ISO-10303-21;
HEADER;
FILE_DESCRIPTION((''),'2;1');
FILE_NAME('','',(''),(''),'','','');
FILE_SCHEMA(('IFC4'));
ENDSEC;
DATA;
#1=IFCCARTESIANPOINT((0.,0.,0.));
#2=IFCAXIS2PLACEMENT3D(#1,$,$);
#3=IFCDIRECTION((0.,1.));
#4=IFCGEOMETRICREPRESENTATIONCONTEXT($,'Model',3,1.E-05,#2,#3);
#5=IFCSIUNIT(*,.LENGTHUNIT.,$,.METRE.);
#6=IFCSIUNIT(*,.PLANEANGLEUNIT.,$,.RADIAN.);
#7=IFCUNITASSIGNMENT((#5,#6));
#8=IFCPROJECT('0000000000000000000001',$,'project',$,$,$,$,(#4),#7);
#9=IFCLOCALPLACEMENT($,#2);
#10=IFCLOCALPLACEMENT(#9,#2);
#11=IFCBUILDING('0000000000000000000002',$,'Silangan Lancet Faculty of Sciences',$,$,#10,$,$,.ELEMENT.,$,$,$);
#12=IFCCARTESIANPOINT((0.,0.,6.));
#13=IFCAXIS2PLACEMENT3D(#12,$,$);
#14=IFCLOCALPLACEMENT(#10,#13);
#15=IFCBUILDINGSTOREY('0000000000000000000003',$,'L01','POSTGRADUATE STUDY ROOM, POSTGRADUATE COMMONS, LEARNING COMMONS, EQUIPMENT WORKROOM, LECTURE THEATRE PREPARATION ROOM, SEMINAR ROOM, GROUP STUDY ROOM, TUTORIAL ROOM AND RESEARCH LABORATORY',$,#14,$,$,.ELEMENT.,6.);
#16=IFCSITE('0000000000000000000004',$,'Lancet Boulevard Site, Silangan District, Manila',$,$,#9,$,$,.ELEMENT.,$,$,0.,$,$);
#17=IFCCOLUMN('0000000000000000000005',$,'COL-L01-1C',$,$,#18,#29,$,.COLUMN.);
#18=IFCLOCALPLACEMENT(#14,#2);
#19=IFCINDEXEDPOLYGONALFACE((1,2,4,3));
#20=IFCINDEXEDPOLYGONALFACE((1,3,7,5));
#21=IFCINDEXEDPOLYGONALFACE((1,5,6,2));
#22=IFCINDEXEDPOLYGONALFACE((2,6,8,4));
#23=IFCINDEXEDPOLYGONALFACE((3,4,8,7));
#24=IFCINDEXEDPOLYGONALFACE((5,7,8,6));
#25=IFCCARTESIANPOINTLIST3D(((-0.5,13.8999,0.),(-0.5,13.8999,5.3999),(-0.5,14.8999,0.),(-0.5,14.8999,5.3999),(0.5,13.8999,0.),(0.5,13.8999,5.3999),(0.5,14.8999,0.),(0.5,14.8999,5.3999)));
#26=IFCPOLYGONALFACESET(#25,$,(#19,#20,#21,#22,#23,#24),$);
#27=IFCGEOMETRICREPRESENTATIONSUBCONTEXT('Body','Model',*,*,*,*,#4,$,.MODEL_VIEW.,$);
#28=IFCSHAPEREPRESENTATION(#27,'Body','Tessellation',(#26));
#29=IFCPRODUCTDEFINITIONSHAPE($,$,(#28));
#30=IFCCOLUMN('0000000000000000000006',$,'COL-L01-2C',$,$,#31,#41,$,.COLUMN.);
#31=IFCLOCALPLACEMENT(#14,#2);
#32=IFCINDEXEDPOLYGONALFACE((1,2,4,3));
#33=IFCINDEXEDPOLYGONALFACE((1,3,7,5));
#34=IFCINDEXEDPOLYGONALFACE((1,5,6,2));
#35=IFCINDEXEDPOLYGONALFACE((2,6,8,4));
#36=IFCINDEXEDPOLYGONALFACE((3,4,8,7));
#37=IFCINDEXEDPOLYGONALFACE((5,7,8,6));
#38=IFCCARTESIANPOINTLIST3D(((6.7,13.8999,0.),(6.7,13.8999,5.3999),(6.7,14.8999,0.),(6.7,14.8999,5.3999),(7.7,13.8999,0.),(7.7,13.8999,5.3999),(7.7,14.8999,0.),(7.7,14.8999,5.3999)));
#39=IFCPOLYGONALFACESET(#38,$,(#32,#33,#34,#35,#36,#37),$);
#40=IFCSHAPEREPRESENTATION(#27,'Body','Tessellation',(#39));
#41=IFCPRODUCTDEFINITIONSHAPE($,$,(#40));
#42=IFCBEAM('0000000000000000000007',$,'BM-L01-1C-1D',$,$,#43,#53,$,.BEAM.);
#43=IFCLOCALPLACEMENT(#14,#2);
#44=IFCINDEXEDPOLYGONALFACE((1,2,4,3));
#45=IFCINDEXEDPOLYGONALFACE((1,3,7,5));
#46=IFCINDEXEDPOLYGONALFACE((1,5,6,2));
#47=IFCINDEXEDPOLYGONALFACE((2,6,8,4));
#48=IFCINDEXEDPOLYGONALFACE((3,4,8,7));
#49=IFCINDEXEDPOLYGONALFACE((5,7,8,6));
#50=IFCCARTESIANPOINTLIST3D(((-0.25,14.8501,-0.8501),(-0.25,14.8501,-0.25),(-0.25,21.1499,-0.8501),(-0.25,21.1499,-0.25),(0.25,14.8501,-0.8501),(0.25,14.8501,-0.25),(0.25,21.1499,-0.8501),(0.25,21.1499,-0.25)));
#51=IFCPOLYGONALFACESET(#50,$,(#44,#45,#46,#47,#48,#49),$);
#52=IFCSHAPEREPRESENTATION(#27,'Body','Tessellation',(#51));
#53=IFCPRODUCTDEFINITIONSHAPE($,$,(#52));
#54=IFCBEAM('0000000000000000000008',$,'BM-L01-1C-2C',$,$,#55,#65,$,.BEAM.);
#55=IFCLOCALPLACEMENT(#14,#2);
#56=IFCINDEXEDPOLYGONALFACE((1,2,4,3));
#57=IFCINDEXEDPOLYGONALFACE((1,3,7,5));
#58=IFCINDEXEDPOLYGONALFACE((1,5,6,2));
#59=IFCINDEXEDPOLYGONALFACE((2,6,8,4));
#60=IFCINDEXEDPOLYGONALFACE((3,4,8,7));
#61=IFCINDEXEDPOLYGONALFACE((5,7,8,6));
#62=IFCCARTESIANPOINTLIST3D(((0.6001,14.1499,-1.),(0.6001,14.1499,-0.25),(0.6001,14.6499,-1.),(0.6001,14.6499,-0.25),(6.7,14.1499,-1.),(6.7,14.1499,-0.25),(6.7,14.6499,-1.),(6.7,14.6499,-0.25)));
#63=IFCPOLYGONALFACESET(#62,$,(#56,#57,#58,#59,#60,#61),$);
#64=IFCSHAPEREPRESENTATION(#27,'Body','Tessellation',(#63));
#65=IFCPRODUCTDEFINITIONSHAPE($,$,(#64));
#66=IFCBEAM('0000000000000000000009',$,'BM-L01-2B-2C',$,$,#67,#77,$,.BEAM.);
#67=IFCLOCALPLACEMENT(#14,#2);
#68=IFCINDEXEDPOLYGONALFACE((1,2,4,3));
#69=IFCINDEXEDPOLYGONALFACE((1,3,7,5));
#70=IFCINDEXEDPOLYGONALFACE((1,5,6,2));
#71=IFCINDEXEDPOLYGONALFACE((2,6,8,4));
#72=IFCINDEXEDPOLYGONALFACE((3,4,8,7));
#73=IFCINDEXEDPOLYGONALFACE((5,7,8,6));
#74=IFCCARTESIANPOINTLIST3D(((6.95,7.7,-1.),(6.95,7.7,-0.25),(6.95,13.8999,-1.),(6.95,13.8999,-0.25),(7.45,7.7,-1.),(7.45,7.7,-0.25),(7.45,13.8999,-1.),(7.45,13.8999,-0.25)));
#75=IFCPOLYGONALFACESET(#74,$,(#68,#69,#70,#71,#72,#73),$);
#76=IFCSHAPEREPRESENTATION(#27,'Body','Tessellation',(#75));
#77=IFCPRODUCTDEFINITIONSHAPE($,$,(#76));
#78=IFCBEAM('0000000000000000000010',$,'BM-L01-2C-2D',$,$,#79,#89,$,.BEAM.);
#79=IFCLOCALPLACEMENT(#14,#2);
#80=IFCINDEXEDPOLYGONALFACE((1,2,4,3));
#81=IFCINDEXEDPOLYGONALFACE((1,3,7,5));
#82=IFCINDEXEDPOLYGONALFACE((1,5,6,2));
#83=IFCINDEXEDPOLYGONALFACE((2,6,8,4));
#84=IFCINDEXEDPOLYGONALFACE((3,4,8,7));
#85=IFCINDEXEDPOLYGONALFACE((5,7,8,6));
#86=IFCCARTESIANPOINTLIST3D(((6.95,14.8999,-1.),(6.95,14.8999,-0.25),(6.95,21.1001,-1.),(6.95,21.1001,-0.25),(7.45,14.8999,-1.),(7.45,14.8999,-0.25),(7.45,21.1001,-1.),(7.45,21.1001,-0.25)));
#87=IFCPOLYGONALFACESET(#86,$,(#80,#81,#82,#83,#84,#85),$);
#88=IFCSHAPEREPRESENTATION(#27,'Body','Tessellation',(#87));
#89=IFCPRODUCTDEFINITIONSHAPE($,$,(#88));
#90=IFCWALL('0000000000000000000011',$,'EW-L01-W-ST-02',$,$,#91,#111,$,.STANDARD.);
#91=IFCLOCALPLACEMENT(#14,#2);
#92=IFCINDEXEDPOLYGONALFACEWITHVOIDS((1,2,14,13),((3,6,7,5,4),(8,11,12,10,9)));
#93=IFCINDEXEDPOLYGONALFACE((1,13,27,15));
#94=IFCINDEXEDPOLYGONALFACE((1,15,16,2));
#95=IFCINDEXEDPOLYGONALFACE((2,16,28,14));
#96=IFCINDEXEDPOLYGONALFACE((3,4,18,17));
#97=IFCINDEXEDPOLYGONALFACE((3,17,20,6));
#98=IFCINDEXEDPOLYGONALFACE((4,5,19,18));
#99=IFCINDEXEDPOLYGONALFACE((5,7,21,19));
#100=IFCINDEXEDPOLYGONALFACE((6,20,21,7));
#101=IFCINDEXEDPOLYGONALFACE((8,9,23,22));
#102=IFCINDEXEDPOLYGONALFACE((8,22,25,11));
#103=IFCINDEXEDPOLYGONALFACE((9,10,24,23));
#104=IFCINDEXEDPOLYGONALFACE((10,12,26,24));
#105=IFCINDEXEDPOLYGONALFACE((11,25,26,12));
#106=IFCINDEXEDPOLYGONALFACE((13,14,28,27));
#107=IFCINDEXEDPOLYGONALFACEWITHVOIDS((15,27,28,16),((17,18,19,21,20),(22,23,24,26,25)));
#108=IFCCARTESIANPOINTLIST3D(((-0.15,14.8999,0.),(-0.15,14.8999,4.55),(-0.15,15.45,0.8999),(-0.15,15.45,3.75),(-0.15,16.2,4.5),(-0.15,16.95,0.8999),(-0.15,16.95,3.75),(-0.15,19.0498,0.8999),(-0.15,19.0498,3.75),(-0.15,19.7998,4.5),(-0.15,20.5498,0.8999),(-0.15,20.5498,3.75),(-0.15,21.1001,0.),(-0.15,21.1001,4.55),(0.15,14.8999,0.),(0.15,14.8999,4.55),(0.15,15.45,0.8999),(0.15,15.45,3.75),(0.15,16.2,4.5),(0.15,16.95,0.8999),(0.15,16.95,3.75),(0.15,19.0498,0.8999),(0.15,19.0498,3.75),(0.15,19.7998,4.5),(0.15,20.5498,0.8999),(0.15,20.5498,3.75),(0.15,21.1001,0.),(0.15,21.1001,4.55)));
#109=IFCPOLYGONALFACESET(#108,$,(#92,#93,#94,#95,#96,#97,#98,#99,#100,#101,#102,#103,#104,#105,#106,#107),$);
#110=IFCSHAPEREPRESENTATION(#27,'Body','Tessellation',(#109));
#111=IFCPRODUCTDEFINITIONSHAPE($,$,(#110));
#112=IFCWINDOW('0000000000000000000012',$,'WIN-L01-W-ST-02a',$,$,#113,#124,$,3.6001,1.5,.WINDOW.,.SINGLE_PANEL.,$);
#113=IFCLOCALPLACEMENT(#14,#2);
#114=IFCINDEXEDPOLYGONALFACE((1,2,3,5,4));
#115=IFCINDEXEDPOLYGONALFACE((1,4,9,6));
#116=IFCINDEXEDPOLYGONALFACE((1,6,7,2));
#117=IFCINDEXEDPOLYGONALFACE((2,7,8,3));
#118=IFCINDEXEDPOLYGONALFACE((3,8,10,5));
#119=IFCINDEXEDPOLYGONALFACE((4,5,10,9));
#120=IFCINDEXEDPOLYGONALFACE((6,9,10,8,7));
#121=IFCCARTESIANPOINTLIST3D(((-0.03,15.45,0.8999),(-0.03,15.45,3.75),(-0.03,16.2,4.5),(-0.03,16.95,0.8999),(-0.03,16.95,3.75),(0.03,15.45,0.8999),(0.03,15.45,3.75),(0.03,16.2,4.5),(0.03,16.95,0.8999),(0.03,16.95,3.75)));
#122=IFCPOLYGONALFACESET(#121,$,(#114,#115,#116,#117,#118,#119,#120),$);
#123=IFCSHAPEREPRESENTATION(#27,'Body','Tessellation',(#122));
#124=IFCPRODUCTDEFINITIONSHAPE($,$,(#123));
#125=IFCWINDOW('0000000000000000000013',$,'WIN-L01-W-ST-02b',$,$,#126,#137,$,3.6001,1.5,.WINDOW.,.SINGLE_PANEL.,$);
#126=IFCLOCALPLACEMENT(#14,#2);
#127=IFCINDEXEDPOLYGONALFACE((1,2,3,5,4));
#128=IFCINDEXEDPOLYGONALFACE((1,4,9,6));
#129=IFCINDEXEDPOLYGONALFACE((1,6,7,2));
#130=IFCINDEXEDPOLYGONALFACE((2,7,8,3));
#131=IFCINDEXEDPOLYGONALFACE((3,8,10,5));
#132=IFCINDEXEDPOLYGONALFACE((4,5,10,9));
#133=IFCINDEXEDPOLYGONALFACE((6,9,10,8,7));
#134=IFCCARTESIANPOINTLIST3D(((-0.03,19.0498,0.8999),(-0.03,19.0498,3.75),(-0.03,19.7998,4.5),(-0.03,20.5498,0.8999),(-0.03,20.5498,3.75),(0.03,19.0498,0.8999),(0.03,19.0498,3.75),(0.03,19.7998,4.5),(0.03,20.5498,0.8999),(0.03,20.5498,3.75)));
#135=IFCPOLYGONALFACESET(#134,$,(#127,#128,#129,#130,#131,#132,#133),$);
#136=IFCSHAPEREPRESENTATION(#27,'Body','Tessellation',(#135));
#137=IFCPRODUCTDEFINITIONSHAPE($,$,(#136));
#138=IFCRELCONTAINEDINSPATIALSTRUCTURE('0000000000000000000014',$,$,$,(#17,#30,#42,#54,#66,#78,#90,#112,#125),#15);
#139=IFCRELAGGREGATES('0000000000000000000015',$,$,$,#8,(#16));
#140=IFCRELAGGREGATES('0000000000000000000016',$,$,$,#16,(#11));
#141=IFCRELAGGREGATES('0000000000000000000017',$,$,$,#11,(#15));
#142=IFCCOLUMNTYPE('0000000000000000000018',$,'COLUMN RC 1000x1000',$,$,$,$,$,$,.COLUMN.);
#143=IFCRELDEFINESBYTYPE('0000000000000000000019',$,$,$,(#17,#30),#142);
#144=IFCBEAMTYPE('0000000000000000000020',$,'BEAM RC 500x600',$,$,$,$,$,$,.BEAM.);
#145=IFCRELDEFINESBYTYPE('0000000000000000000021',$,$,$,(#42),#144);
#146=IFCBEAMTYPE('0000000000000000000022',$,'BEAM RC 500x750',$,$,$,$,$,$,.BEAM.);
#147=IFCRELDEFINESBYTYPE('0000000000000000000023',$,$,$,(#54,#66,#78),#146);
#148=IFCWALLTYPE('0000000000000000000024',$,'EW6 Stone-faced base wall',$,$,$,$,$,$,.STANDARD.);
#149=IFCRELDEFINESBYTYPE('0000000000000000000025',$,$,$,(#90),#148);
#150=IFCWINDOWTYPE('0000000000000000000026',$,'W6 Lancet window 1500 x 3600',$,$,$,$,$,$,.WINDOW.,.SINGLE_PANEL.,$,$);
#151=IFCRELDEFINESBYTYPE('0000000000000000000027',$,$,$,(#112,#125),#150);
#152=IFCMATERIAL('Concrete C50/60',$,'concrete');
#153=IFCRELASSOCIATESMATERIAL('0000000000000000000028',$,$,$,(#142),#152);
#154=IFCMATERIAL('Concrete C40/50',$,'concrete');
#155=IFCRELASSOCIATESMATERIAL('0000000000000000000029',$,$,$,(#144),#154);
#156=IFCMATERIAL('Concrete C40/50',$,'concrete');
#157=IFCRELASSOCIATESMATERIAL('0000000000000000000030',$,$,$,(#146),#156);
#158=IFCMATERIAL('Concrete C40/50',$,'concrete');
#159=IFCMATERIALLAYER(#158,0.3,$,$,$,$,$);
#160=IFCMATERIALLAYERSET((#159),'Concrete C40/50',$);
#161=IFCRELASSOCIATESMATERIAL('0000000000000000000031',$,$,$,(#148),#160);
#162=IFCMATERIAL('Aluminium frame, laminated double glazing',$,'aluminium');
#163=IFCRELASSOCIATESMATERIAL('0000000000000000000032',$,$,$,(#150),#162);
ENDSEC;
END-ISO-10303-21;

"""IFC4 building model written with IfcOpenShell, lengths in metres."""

from ifc_helpers import new_model, si_unit, direction, frame, frame_2d, origin, origin_2d, place, context, subcontext, project, spatial, polyline, rectangle, outline, extrude, material, layer, layer_set, material_profile, profile_set, type_object, element, fill, save


model = new_model("IFC4")

# Units and contexts
model_context = context("Model", 3, precision=1e-05, world=origin(), true_north=direction((0.0, 1.0)))
body_context = subcontext(model_context, "Body", "Model", "MODEL_VIEW")
ifc_project = project(units=[si_unit("LENGTHUNIT", "METRE"), si_unit("PLANEANGLEUNIT", "RADIAN")], contexts=[model_context])

# Site, building, storey
site_placement = place(None, origin())
site = spatial("IfcSite", under=ifc_project, at=site_placement, Name="Lancet Boulevard Site, Silangan District, Manila", CompositionType="ELEMENT", RefElevation=0.0)
building_placement = place(site_placement, origin())
building = spatial("IfcBuilding", under=site, at=building_placement, Name="Silangan Lancet Faculty of Sciences", CompositionType="ELEMENT")
storey_placement = place(building_placement, frame((0.0, 0.0, 6.0)))
storey = spatial("IfcBuildingStorey", under=building, at=storey_placement, Name="L01", Description="POSTGRADUATE STUDY ROOM, POSTGRADUATE COMMONS, LEARNING COMMONS, EQUIPMENT WORKROOM, LECTURE THEATRE PREPARATION ROOM, SEMINAR ROOM, GROUP STUDY ROOM, TUTORIAL ROOM AND RESEARCH LABORATORY", CompositionType="ELEMENT", Elevation=6.0)

# Columns
ifc_material_1 = material(Name="Concrete C50/60", Category="concrete")
ifc_material_profile_1 = material_profile(ifc_material_1, rectangle(XDim=1.0, YDim=1.0, at=origin_2d()), Name="RC 1000x1000")
ifc_profile_set_1 = profile_set([ifc_material_profile_1], Name="Concrete C50/60")
column_type = type_object("IfcColumnType", Name="COLUMN RC 1000x1000", PredefinedType="COLUMN", material=ifc_profile_set_1)
for number, where, z_axis, x_axis, name in (
    (1, (0.0, 14.3999, 0.0), (0.0, 0.0, 1.0), (1.0, 0.0, 0.0), "COL-L01-1C"),
    (2, (7.2, 14.3999, 0.0), (0.0, 0.0, 1.0), (1.0, 0.0, 0.0), "COL-L01-2C"),
):
    element("IfcColumn", number, at=place(storey_placement, frame(where, z_axis=z_axis, x_axis=x_axis)), inside=storey, type_object=column_type, Name=name, PredefinedType="COLUMN", context=body_context, shape_type="SweptSolid", body=[
        extrude(rectangle(XDim=1.0, YDim=1.0, at=origin_2d()), origin(), (0.0, 0.0, 1.0), 5.3999),
    ])

# Beams
ifc_material_2 = material(Name="Concrete C40/50", Category="concrete")
ifc_material_profile_2 = material_profile(ifc_material_2, rectangle(XDim=0.5, YDim=0.6001, at=origin_2d()), Name="RC 500x600")
ifc_profile_set_2 = profile_set([ifc_material_profile_2], Name="Concrete C40/50")
beam_type_1 = type_object("IfcBeamType", Name="BEAM RC 500x600", PredefinedType="BEAM", material=ifc_profile_set_2)
beam_1_placement = place(storey_placement, frame((0.0, 14.8501, -0.55), z_axis=(0.0, 1.0, 0.0), x_axis=(-1.0, 0.0, 0.0)))
element("IfcBeam", 3, at=beam_1_placement, inside=storey, type_object=beam_type_1, Name="BM-L01-1C-1D", PredefinedType="BEAM", context=body_context, shape_type="SweptSolid", body=[
    extrude(rectangle(XDim=0.5, YDim=0.6001, at=origin_2d()), origin(), (0.0, 0.0, 1.0), 6.2998),
])
ifc_material_3 = material(Name="Concrete C40/50", Category="concrete")
ifc_material_profile_3 = material_profile(ifc_material_3, rectangle(XDim=0.5, YDim=0.75, at=origin_2d()), Name="RC 500x750")
ifc_profile_set_3 = profile_set([ifc_material_profile_3], Name="Concrete C40/50")
beam_type_2 = type_object("IfcBeamType", Name="BEAM RC 500x750", PredefinedType="BEAM", material=ifc_profile_set_3)
beam_2_placement = place(storey_placement, frame((0.6001, 14.3999, -0.625), z_axis=(1.0, 0.0, 0.0), x_axis=(0.0, 1.0, 0.0)))
element("IfcBeam", 4, at=beam_2_placement, inside=storey, type_object=beam_type_2, Name="BM-L01-1C-2C", PredefinedType="BEAM", context=body_context, shape_type="SweptSolid", body=[
    extrude(rectangle(XDim=0.5, YDim=0.75, at=origin_2d()), origin(), (0.0, 0.0, 1.0), 6.0999),
])
beam_3_placement = place(storey_placement, frame((7.2, 7.7, -0.625), z_axis=(0.0, 1.0, 0.0), x_axis=(-1.0, 0.0, 0.0)))
element("IfcBeam", 5, at=beam_3_placement, inside=storey, type_object=beam_type_2, Name="BM-L01-2B-2C", PredefinedType="BEAM", context=body_context, shape_type="SweptSolid", body=[
    extrude(rectangle(XDim=0.5, YDim=0.75, at=origin_2d()), origin(), (0.0, 0.0, 1.0), 6.2),
])
beam_4_placement = place(storey_placement, frame((7.2, 14.8999, -0.625), z_axis=(0.0, 1.0, 0.0), x_axis=(-1.0, 0.0, 0.0)))
element("IfcBeam", 6, at=beam_4_placement, inside=storey, type_object=beam_type_2, Name="BM-L01-2C-2D", PredefinedType="BEAM", context=body_context, shape_type="SweptSolid", body=[
    extrude(rectangle(XDim=0.5, YDim=0.75, at=origin_2d()), origin(), (0.0, 0.0, 1.0), 6.2002),
])

# Wall, openings, windows
ifc_material_4 = material(Name="Concrete C40/50", Category="concrete")
ifc_layer_1 = layer(ifc_material_4, 0.3)
ifc_layer_set_1 = layer_set([ifc_layer_1], Name="Concrete C40/50")
wall_type_1 = type_object("IfcWallType", Name="EW6 Stone-faced base wall", PredefinedType="STANDARD", material=ifc_layer_set_1)
wall_1_placement = place(storey_placement, frame((0.0, 14.8999, 0.0), z_axis=(0.0, 0.0, 1.0), x_axis=(0.0, 1.0, 0.0)))
wall_1 = element("IfcWall", 7, at=wall_1_placement, inside=storey, type_object=wall_type_1, Name="EW-L01-W-ST-02", PredefinedType="STANDARD", context=body_context, shape_type="SweptSolid", body=[
    extrude(rectangle(XDim=6.2002, YDim=0.3, at=frame_2d((3.1001, 0.0))), origin(), (0.0, 0.0, 1.0), 4.55),
])
opening_1_placement = place(wall_1_placement, frame((0.55, 0.0, 0.8999)))
opening_1 = element("IfcOpeningElement", 8, at=opening_1_placement, cuts=wall_1, PredefinedType="OPENING", context=body_context, shape_type="SweptSolid", body=[
    extrude(outline(polyline([(0.0, 0.0), (1.5, 0.0), (1.5, 2.8501), (0.75, 3.6001), (0.0, 2.8501), (0.0, 0.0)])), frame((0.0, 0.1599, 0.0), z_axis=(0.0, -1.0, 0.0), x_axis=(1.0, 0.0, 0.0)), (0.0, 0.0, 1.0), 0.3201),
])
opening_2_placement = place(wall_1_placement, frame((4.1499, 0.0, 0.8999)))
opening_2 = element("IfcOpeningElement", 9, at=opening_2_placement, cuts=wall_1, PredefinedType="OPENING", context=body_context, shape_type="SweptSolid", body=[
    extrude(outline(polyline([(0.0, 0.0), (1.5, 0.0), (1.5, 2.8501), (0.75, 3.6001), (0.0, 2.8501), (0.0, 0.0)])), frame((0.0, 0.1599, 0.0), z_axis=(0.0, -1.0, 0.0), x_axis=(1.0, 0.0, 0.0)), (0.0, 0.0, 1.0), 0.3201),
])
ifc_material_5 = material(Name="Aluminium frame, laminated double glazing", Category="aluminium")
window_type = type_object("IfcWindowType", Name="W6 Lancet window 1500 x 3600", PartitioningType="SINGLE_PANEL", PredefinedType="WINDOW", material=ifc_material_5)
window_1_placement = place(opening_1_placement, origin())
window_1 = element("IfcWindow", 10, at=window_1_placement, inside=storey, type_object=window_type, Name="WIN-L01-W-ST-02a", OverallHeight=3.6001, OverallWidth=1.5, PartitioningType="SINGLE_PANEL", PredefinedType="WINDOW", context=body_context, shape_type="SweptSolid", body=[
    extrude(outline(polyline([(0.0, 0.0), (1.5, 0.0), (1.5, 2.8501), (0.75, 3.6001), (0.0, 2.8501), (0.0, 0.0)])), frame((0.0, 0.03, 0.0), z_axis=(0.0, -1.0, 0.0), x_axis=(1.0, 0.0, 0.0)), (0.0, 0.0, 1.0), 0.0601),
])
fill(opening_1, window_1)
window_2_placement = place(opening_2_placement, origin())
window_2 = element("IfcWindow", 11, at=window_2_placement, inside=storey, type_object=window_type, Name="WIN-L01-W-ST-02b", OverallHeight=3.6001, OverallWidth=1.5, PartitioningType="SINGLE_PANEL", PredefinedType="WINDOW", context=body_context, shape_type="SweptSolid", body=[
    extrude(outline(polyline([(0.0, 0.0), (1.5, 0.0), (1.5, 2.8501), (0.75, 3.6001), (0.0, 2.8501), (0.0, 0.0)])), frame((0.0, 0.03, 0.0), z_axis=(0.0, -1.0, 0.0), x_axis=(1.0, 0.0, 0.0)), (0.0, 0.0, 1.0), 0.0601),
])
fill(opening_2, window_2)

save(model, "model.ifc")
